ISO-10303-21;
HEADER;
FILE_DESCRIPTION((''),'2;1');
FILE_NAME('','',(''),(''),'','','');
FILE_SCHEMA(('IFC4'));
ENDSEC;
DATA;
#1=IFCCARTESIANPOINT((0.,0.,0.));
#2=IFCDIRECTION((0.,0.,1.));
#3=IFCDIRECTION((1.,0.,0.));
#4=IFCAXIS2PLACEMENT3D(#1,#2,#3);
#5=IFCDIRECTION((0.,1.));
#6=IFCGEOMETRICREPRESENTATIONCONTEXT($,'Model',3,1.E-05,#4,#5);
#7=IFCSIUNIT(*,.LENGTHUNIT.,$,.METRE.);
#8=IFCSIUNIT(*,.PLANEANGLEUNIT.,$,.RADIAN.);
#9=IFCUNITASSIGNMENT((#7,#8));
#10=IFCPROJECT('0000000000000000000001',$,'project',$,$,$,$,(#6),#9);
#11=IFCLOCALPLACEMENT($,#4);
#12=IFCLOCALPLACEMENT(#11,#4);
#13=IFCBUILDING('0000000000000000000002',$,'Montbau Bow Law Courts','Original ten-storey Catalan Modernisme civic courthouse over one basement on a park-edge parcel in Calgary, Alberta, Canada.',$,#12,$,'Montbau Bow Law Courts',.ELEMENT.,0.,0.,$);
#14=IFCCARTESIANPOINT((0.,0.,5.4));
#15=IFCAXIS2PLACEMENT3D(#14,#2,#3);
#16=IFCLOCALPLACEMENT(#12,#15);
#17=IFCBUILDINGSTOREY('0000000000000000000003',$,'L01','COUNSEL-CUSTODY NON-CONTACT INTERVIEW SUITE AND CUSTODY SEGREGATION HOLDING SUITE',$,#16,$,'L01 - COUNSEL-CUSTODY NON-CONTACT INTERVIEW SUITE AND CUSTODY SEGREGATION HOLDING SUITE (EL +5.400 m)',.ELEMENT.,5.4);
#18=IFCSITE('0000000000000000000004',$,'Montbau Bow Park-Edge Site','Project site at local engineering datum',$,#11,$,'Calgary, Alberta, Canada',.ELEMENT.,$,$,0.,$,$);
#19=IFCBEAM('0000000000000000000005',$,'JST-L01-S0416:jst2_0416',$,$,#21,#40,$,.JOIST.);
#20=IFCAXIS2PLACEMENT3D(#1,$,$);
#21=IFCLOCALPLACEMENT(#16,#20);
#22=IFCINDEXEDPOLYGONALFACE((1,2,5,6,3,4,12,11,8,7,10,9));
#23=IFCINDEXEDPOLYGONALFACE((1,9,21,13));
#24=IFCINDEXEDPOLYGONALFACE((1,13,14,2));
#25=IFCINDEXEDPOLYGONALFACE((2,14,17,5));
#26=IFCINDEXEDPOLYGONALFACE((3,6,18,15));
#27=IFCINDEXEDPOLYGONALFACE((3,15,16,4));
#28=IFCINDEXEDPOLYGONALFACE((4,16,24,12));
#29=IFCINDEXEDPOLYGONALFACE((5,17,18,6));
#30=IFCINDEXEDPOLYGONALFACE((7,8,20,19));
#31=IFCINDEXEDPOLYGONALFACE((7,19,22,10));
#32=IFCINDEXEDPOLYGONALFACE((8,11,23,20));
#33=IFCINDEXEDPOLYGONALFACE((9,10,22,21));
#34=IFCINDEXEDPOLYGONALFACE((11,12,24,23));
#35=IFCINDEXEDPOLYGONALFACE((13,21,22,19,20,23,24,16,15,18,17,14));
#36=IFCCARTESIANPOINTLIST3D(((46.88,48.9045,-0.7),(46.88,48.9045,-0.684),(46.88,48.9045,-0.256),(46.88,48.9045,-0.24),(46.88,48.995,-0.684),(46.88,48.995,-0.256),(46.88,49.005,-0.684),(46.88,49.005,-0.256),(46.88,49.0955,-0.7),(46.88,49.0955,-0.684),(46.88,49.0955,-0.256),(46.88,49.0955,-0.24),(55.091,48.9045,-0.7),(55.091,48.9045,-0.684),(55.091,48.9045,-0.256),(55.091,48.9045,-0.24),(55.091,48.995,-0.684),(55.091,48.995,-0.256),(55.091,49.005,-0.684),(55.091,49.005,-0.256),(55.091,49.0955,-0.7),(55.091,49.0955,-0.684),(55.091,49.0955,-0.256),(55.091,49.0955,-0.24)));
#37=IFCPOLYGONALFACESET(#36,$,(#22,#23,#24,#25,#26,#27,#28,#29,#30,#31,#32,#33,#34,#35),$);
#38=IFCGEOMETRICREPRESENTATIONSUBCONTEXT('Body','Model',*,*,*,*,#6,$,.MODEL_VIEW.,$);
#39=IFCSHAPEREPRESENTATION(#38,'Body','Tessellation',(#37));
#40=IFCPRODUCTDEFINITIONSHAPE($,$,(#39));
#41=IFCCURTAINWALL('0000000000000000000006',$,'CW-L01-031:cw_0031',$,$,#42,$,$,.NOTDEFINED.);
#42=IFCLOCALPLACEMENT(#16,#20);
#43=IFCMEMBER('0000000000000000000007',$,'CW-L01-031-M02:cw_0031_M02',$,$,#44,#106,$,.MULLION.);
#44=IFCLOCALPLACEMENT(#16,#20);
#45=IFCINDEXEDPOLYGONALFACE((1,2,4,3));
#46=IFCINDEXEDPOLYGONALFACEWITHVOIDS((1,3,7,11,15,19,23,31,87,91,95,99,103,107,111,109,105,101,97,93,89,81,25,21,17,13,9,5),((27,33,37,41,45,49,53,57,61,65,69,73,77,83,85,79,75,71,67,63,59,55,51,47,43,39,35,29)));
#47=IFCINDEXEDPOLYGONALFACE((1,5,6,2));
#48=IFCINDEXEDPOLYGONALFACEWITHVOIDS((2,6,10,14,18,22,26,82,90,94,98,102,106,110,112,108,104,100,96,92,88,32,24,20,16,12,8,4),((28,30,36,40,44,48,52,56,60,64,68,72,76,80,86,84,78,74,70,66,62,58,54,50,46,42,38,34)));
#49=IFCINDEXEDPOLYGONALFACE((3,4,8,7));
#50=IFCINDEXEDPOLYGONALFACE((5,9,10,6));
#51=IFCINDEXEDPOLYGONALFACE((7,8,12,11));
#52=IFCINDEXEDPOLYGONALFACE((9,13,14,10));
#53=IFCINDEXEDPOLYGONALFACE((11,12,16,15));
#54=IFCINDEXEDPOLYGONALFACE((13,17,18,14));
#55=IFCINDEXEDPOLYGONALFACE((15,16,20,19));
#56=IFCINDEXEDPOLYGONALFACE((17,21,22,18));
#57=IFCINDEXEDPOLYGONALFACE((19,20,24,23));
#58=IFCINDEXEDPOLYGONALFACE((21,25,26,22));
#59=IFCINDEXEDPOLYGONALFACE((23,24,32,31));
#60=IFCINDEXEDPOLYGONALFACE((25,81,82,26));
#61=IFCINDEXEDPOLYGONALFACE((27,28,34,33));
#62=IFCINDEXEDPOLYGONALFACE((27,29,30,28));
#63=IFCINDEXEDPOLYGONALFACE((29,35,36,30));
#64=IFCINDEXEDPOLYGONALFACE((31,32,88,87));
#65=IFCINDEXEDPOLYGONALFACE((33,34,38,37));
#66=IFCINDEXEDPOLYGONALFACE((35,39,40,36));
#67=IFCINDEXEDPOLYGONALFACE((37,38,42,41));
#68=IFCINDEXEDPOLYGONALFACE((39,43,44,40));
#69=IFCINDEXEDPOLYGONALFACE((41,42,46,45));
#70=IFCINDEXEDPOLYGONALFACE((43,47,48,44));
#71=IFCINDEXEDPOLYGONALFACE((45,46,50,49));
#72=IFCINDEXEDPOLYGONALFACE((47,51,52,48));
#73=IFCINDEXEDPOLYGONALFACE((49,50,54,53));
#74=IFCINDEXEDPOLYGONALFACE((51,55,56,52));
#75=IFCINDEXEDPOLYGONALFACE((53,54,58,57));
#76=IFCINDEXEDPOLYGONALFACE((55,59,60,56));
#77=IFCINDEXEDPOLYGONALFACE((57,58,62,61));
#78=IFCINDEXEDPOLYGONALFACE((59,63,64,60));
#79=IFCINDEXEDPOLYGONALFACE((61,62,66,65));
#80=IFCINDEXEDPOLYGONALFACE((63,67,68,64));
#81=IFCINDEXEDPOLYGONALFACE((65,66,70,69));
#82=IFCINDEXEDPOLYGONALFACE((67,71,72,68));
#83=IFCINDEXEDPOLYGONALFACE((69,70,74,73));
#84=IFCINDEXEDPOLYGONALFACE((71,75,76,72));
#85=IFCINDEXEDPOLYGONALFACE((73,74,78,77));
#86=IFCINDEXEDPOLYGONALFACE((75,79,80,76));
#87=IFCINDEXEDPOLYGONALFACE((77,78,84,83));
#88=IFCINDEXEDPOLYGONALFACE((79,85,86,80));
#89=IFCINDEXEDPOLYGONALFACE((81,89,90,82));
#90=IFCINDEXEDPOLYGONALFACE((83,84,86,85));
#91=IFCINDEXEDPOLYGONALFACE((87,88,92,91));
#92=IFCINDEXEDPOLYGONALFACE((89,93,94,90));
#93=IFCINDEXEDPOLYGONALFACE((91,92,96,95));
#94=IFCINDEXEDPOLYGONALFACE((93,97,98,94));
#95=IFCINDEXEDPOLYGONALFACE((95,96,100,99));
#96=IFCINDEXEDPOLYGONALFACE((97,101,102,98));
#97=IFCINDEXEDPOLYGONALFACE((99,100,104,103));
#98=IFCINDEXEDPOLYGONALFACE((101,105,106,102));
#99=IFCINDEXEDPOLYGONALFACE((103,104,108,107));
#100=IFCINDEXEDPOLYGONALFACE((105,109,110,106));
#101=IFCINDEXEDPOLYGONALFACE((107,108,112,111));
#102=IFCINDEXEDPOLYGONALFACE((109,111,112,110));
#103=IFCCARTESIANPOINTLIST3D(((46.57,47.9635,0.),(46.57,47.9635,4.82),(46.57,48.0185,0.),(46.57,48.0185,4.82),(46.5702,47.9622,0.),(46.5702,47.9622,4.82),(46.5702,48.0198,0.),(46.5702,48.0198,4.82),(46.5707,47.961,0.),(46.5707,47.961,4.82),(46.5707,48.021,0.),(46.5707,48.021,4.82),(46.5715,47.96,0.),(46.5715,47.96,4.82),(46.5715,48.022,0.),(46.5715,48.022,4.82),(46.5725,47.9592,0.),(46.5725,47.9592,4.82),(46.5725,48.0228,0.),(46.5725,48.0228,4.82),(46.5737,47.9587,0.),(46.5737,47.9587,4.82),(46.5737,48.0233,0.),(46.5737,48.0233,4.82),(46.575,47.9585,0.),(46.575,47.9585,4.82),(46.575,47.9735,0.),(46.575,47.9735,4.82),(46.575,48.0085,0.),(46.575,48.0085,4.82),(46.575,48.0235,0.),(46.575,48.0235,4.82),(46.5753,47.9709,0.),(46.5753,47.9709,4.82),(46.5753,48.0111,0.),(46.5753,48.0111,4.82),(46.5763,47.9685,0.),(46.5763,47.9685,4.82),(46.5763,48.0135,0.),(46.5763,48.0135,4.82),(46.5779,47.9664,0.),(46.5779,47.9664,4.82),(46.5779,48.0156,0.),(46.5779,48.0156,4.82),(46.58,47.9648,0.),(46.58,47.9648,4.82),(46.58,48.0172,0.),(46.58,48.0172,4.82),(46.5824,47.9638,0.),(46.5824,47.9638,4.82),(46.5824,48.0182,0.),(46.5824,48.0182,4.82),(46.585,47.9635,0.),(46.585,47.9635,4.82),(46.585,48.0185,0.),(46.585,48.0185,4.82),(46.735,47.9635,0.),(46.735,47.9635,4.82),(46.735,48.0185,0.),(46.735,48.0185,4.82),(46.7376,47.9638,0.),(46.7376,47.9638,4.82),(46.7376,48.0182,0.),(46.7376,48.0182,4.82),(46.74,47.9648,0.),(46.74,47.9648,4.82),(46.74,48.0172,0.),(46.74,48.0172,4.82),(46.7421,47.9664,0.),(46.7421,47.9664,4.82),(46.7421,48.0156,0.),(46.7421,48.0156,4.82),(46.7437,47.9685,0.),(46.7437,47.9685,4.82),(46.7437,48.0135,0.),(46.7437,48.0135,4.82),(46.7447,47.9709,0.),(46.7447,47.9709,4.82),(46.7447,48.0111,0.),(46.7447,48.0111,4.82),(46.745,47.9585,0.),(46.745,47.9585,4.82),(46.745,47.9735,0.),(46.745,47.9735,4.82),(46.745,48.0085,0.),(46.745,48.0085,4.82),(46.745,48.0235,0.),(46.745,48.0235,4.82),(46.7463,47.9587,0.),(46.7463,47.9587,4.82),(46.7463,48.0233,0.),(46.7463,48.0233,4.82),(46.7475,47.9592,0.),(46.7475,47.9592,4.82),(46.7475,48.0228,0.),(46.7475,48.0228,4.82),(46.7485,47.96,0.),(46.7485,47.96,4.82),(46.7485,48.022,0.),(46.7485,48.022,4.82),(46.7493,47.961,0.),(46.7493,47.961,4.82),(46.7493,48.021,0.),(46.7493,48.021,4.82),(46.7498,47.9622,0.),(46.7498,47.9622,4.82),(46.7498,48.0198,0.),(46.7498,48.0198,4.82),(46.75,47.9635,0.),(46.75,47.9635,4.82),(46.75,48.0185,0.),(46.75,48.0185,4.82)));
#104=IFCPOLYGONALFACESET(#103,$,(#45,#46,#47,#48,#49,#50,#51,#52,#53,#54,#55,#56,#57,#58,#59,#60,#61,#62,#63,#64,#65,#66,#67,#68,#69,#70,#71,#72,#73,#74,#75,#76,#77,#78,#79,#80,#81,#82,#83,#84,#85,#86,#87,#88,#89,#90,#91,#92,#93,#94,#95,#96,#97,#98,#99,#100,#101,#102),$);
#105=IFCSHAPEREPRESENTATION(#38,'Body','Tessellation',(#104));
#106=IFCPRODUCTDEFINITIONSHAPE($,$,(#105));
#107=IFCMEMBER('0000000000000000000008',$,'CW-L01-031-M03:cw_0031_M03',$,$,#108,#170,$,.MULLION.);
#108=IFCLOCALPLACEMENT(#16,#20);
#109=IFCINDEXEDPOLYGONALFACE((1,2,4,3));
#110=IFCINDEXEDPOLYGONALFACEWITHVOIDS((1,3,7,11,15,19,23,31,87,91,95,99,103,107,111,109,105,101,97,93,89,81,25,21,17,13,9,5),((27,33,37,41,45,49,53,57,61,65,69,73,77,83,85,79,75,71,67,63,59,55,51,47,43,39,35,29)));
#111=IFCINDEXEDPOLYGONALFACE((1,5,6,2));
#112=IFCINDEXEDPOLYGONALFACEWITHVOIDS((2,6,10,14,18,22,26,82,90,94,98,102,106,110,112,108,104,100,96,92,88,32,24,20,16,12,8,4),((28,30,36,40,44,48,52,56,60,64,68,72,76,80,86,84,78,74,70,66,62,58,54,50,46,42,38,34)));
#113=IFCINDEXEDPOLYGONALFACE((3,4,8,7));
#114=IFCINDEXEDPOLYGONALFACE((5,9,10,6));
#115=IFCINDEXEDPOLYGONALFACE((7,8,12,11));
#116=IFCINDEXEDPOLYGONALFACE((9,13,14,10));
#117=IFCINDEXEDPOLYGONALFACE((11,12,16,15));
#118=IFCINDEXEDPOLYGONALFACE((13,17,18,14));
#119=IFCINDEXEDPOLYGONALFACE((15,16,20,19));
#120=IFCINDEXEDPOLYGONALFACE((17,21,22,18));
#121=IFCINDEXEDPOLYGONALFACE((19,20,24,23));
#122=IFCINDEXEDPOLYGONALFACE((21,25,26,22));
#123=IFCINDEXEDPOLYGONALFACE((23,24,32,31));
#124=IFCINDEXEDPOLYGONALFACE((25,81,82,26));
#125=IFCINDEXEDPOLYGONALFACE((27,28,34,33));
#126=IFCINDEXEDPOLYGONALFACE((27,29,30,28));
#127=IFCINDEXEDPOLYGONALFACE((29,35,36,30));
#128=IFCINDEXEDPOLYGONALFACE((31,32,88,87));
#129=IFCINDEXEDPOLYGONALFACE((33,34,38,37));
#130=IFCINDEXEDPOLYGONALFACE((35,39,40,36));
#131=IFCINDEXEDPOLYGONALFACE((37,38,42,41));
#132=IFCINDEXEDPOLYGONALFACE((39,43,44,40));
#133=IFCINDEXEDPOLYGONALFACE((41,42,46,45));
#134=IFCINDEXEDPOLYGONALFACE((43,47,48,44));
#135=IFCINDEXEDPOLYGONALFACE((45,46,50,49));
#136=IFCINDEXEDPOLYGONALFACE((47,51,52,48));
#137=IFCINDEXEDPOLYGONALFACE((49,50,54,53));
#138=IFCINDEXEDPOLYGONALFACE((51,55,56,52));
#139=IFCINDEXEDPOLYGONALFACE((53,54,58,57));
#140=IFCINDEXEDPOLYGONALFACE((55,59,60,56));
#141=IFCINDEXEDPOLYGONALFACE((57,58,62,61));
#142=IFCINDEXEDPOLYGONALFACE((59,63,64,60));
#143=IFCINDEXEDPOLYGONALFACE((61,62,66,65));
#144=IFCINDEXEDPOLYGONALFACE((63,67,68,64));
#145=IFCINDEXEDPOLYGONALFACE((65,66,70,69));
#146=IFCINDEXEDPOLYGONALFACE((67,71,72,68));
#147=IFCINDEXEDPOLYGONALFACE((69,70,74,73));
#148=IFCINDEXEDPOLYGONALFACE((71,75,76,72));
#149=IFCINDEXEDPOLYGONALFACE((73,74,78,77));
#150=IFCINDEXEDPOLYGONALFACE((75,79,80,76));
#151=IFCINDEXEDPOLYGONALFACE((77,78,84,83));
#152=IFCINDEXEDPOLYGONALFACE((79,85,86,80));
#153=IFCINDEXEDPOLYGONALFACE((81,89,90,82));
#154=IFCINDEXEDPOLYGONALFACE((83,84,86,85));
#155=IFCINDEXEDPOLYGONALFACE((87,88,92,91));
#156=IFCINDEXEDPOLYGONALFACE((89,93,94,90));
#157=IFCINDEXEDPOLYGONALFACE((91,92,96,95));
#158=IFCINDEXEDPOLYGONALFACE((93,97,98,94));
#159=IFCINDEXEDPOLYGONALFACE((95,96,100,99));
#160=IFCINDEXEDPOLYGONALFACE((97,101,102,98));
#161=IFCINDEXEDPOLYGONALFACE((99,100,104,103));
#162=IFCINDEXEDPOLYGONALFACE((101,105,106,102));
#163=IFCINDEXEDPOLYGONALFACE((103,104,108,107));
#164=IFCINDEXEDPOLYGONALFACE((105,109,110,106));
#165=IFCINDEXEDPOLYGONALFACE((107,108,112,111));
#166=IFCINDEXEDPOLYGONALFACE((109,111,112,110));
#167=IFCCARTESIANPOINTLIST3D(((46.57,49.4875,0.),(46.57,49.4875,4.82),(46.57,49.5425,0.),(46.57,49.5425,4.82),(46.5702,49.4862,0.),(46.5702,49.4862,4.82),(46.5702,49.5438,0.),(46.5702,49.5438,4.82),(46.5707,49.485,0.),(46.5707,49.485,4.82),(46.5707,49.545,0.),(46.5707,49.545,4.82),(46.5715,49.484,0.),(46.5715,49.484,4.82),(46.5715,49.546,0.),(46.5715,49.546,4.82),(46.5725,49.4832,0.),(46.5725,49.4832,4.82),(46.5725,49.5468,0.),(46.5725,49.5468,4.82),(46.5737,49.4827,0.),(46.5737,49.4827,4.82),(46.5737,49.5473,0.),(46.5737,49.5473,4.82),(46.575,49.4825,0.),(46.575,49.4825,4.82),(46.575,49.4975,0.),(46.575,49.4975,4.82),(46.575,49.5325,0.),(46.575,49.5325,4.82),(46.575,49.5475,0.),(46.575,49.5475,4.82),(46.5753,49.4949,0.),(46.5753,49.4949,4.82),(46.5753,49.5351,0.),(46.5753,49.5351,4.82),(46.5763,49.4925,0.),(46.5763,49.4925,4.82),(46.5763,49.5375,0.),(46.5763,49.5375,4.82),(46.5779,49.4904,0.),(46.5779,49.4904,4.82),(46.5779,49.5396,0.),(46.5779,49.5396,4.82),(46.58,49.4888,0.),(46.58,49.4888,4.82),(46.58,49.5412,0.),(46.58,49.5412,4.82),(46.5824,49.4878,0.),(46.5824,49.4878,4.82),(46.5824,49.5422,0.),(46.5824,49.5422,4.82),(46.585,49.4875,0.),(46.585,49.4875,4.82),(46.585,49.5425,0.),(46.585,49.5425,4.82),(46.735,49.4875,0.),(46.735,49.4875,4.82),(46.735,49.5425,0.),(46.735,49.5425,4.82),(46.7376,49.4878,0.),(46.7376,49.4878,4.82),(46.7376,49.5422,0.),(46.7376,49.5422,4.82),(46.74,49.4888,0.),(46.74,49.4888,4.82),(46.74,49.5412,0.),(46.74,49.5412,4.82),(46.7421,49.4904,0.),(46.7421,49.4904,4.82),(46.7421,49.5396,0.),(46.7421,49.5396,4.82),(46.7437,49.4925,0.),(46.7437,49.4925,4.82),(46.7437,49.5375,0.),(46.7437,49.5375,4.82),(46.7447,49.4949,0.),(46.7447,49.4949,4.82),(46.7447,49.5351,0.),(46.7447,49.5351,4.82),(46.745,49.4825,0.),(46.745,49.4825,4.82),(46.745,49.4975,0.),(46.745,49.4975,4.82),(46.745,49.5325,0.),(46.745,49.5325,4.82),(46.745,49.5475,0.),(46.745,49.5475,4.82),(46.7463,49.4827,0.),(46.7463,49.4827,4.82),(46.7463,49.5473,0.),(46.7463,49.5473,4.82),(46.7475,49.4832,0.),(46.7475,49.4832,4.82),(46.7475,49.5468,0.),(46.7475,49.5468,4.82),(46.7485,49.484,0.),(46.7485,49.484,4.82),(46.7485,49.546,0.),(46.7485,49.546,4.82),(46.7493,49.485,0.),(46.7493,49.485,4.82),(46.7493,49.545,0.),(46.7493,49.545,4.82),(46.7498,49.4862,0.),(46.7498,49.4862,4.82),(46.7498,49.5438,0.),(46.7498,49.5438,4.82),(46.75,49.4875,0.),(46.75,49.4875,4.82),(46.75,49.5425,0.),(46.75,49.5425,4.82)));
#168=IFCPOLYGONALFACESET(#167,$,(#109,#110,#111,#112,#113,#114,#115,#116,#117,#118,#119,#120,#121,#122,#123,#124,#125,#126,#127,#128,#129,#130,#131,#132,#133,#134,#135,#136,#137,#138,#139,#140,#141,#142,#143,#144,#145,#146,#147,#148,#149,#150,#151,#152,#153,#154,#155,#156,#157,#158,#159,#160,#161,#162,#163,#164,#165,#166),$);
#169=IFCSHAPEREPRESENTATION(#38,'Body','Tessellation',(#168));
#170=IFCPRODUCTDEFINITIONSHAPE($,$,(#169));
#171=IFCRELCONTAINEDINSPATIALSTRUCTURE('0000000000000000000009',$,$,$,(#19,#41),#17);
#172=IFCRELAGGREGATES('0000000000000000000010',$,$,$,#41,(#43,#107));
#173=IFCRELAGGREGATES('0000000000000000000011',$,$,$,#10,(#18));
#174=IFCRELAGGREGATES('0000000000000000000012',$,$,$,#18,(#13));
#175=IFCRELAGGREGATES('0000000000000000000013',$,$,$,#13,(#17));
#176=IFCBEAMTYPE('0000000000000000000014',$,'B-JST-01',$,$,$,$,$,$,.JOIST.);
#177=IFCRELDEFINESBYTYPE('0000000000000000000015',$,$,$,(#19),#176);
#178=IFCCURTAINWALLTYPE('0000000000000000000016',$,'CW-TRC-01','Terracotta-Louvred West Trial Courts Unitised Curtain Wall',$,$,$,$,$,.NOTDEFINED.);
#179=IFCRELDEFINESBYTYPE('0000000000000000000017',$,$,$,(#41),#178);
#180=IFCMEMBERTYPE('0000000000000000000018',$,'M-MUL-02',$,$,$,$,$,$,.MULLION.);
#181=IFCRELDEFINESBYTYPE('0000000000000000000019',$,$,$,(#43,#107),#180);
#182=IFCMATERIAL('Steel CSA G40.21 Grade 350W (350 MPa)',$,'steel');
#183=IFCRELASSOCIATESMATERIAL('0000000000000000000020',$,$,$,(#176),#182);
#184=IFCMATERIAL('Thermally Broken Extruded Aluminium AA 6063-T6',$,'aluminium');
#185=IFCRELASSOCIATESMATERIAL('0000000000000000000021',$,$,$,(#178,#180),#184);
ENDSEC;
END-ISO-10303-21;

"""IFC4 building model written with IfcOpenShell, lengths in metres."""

from ifc_helpers import new_model, si_unit, direction, frame, origin_with_axes, origin_2d_with_axis, place, context, subcontext, project, spatial, hollow_rectangle, i_section, extrude, material, material_profile, profile_set, type_object, element, aggregate, save


model = new_model("IFC4")

# Units and contexts
model_context = context("Model", 3, precision=1e-05, world=origin_with_axes(), true_north=direction((0.0, 1.0)))
body_context = subcontext(model_context, "Body", "Model", "MODEL_VIEW")
ifc_project = project(units=[si_unit("LENGTHUNIT", "METRE"), si_unit("PLANEANGLEUNIT", "RADIAN")], contexts=[model_context])

# Site, building, storey
site_placement = place(None, origin_with_axes())
site = spatial("IfcSite", under=ifc_project, at=site_placement, Name="Montbau Bow Park-Edge Site", Description="Project site at local engineering datum", LongName="Calgary, Alberta, Canada", CompositionType="ELEMENT", RefElevation=0.0)
building_placement = place(site_placement, origin_with_axes())
building = spatial("IfcBuilding", under=site, at=building_placement, Name="Montbau Bow Law Courts", Description="Original ten-storey Catalan Modernisme civic courthouse over one basement on a park-edge parcel in Calgary, Alberta, Canada.", LongName="Montbau Bow Law Courts", CompositionType="ELEMENT", ElevationOfRefHeight=0.0, ElevationOfTerrain=0.0)
storey_placement = place(building_placement, frame((0.0, 0.0, 5.4), z_axis=(0.0, 0.0, 1.0), x_axis=(1.0, 0.0, 0.0)))
storey = spatial("IfcBuildingStorey", under=building, at=storey_placement, Name="L01", Description="COUNSEL-CUSTODY NON-CONTACT INTERVIEW SUITE AND CUSTODY SEGREGATION HOLDING SUITE", LongName="L01 - COUNSEL-CUSTODY NON-CONTACT INTERVIEW SUITE AND CUSTODY SEGREGATION HOLDING SUITE (EL +5.400 m)", CompositionType="ELEMENT", Elevation=5.4)

# Beam
ifc_material_1 = material(Name="Steel CSA G40.21 Grade 350W (350 MPa)", Category="steel")
ifc_material_profile_1 = material_profile(ifc_material_1, i_section(OverallWidth=0.191, OverallDepth=0.46, WebThickness=0.0099, FlangeThickness=0.016, at=origin_2d_with_axis()), Name="W460X82", Category="Main", Priority=0)
ifc_profile_set_1 = profile_set([ifc_material_profile_1], Name="Steel CSA G40.21 Grade 350W (350 MPa)")
beam_type = type_object("IfcBeamType", Name="B-JST-01", PredefinedType="JOIST", material=ifc_profile_set_1)
beam_placement = place(None, frame((46.88, 49.0, 4.93), z_axis=(1.0, 0.0, 0.0), x_axis=(0.0, 1.0, 0.0)))
element("IfcBeam", 1, at=beam_placement, inside=storey, type_object=beam_type, Name="JST-L01-S0416:jst2_0416", PredefinedType="JOIST", context=body_context, shape_type="SweptSolid", body=[
    extrude(i_section(OverallWidth=0.191, OverallDepth=0.46, WebThickness=0.0099, FlangeThickness=0.016, at=origin_2d_with_axis()), origin_with_axes(), (0.0, 0.0, 1.0), 8.211),
])

# Curtain wall, members
ifc_material_2 = material(Name="Thermally Broken Extruded Aluminium AA 6063-T6", Category="aluminium")
curtain_wall_type_1 = type_object("IfcCurtainWallType", Name="CW-TRC-01", Description="Terracotta-Louvred West Trial Courts Unitised Curtain Wall", PredefinedType="NOTDEFINED", material=ifc_material_2)
curtain_wall_1_placement = place(None, frame((46.66, 46.468, 5.4), z_axis=(0.0, 0.0, 1.0), x_axis=(1.0, 0.0, 0.0)))
curtain_wall_1 = element("IfcCurtainWall", 2, at=curtain_wall_1_placement, inside=storey, type_object=curtain_wall_type_1, Name="CW-L01-031:cw_0031", PredefinedType="NOTDEFINED")
ifc_material_profile_2 = material_profile(ifc_material_2, hollow_rectangle(XDim=0.065, YDim=0.18, WallThickness=0.005, InnerFilletRadius=0.01, OuterFilletRadius=0.005, at=origin_2d_with_axis()), Name="CWM-180X65", Category="Main", Priority=0)
ifc_profile_set_2 = profile_set([ifc_material_profile_2], Name="Thermally Broken Extruded Aluminium AA 6063-T6")
member_type_1 = type_object("IfcMemberType", Name="M-MUL-02", PredefinedType="MULLION", material=ifc_profile_set_2)
member_1_placement = place(None, frame((46.66, 47.991, 5.4), z_axis=(0.0, 0.0, 1.0), x_axis=(0.0, 1.0, 0.0)))
member_1 = element("IfcMember", 3, at=member_1_placement, type_object=member_type_1, Name="CW-L01-031-M02:cw_0031_M02", PredefinedType="MULLION", context=body_context, shape_type="SweptSolid", body=[
    extrude(hollow_rectangle(XDim=0.065, YDim=0.18, WallThickness=0.005, InnerFilletRadius=0.01, OuterFilletRadius=0.005, at=origin_2d_with_axis()), origin_with_axes(), (0.0, 0.0, 1.0), 4.82),
])
member_2_placement = place(None, frame((46.66, 49.515, 5.4), z_axis=(0.0, 0.0, 1.0), x_axis=(0.0, 1.0, 0.0)))
member_2 = element("IfcMember", 4, at=member_2_placement, type_object=member_type_1, Name="CW-L01-031-M03:cw_0031_M03", PredefinedType="MULLION", context=body_context, shape_type="SweptSolid", body=[
    extrude(hollow_rectangle(XDim=0.065, YDim=0.18, WallThickness=0.005, InnerFilletRadius=0.01, OuterFilletRadius=0.005, at=origin_2d_with_axis()), origin_with_axes(), (0.0, 0.0, 1.0), 4.82),
])

aggregate(curtain_wall_1, [member_1, member_2])

save(model, "model.ifc")
